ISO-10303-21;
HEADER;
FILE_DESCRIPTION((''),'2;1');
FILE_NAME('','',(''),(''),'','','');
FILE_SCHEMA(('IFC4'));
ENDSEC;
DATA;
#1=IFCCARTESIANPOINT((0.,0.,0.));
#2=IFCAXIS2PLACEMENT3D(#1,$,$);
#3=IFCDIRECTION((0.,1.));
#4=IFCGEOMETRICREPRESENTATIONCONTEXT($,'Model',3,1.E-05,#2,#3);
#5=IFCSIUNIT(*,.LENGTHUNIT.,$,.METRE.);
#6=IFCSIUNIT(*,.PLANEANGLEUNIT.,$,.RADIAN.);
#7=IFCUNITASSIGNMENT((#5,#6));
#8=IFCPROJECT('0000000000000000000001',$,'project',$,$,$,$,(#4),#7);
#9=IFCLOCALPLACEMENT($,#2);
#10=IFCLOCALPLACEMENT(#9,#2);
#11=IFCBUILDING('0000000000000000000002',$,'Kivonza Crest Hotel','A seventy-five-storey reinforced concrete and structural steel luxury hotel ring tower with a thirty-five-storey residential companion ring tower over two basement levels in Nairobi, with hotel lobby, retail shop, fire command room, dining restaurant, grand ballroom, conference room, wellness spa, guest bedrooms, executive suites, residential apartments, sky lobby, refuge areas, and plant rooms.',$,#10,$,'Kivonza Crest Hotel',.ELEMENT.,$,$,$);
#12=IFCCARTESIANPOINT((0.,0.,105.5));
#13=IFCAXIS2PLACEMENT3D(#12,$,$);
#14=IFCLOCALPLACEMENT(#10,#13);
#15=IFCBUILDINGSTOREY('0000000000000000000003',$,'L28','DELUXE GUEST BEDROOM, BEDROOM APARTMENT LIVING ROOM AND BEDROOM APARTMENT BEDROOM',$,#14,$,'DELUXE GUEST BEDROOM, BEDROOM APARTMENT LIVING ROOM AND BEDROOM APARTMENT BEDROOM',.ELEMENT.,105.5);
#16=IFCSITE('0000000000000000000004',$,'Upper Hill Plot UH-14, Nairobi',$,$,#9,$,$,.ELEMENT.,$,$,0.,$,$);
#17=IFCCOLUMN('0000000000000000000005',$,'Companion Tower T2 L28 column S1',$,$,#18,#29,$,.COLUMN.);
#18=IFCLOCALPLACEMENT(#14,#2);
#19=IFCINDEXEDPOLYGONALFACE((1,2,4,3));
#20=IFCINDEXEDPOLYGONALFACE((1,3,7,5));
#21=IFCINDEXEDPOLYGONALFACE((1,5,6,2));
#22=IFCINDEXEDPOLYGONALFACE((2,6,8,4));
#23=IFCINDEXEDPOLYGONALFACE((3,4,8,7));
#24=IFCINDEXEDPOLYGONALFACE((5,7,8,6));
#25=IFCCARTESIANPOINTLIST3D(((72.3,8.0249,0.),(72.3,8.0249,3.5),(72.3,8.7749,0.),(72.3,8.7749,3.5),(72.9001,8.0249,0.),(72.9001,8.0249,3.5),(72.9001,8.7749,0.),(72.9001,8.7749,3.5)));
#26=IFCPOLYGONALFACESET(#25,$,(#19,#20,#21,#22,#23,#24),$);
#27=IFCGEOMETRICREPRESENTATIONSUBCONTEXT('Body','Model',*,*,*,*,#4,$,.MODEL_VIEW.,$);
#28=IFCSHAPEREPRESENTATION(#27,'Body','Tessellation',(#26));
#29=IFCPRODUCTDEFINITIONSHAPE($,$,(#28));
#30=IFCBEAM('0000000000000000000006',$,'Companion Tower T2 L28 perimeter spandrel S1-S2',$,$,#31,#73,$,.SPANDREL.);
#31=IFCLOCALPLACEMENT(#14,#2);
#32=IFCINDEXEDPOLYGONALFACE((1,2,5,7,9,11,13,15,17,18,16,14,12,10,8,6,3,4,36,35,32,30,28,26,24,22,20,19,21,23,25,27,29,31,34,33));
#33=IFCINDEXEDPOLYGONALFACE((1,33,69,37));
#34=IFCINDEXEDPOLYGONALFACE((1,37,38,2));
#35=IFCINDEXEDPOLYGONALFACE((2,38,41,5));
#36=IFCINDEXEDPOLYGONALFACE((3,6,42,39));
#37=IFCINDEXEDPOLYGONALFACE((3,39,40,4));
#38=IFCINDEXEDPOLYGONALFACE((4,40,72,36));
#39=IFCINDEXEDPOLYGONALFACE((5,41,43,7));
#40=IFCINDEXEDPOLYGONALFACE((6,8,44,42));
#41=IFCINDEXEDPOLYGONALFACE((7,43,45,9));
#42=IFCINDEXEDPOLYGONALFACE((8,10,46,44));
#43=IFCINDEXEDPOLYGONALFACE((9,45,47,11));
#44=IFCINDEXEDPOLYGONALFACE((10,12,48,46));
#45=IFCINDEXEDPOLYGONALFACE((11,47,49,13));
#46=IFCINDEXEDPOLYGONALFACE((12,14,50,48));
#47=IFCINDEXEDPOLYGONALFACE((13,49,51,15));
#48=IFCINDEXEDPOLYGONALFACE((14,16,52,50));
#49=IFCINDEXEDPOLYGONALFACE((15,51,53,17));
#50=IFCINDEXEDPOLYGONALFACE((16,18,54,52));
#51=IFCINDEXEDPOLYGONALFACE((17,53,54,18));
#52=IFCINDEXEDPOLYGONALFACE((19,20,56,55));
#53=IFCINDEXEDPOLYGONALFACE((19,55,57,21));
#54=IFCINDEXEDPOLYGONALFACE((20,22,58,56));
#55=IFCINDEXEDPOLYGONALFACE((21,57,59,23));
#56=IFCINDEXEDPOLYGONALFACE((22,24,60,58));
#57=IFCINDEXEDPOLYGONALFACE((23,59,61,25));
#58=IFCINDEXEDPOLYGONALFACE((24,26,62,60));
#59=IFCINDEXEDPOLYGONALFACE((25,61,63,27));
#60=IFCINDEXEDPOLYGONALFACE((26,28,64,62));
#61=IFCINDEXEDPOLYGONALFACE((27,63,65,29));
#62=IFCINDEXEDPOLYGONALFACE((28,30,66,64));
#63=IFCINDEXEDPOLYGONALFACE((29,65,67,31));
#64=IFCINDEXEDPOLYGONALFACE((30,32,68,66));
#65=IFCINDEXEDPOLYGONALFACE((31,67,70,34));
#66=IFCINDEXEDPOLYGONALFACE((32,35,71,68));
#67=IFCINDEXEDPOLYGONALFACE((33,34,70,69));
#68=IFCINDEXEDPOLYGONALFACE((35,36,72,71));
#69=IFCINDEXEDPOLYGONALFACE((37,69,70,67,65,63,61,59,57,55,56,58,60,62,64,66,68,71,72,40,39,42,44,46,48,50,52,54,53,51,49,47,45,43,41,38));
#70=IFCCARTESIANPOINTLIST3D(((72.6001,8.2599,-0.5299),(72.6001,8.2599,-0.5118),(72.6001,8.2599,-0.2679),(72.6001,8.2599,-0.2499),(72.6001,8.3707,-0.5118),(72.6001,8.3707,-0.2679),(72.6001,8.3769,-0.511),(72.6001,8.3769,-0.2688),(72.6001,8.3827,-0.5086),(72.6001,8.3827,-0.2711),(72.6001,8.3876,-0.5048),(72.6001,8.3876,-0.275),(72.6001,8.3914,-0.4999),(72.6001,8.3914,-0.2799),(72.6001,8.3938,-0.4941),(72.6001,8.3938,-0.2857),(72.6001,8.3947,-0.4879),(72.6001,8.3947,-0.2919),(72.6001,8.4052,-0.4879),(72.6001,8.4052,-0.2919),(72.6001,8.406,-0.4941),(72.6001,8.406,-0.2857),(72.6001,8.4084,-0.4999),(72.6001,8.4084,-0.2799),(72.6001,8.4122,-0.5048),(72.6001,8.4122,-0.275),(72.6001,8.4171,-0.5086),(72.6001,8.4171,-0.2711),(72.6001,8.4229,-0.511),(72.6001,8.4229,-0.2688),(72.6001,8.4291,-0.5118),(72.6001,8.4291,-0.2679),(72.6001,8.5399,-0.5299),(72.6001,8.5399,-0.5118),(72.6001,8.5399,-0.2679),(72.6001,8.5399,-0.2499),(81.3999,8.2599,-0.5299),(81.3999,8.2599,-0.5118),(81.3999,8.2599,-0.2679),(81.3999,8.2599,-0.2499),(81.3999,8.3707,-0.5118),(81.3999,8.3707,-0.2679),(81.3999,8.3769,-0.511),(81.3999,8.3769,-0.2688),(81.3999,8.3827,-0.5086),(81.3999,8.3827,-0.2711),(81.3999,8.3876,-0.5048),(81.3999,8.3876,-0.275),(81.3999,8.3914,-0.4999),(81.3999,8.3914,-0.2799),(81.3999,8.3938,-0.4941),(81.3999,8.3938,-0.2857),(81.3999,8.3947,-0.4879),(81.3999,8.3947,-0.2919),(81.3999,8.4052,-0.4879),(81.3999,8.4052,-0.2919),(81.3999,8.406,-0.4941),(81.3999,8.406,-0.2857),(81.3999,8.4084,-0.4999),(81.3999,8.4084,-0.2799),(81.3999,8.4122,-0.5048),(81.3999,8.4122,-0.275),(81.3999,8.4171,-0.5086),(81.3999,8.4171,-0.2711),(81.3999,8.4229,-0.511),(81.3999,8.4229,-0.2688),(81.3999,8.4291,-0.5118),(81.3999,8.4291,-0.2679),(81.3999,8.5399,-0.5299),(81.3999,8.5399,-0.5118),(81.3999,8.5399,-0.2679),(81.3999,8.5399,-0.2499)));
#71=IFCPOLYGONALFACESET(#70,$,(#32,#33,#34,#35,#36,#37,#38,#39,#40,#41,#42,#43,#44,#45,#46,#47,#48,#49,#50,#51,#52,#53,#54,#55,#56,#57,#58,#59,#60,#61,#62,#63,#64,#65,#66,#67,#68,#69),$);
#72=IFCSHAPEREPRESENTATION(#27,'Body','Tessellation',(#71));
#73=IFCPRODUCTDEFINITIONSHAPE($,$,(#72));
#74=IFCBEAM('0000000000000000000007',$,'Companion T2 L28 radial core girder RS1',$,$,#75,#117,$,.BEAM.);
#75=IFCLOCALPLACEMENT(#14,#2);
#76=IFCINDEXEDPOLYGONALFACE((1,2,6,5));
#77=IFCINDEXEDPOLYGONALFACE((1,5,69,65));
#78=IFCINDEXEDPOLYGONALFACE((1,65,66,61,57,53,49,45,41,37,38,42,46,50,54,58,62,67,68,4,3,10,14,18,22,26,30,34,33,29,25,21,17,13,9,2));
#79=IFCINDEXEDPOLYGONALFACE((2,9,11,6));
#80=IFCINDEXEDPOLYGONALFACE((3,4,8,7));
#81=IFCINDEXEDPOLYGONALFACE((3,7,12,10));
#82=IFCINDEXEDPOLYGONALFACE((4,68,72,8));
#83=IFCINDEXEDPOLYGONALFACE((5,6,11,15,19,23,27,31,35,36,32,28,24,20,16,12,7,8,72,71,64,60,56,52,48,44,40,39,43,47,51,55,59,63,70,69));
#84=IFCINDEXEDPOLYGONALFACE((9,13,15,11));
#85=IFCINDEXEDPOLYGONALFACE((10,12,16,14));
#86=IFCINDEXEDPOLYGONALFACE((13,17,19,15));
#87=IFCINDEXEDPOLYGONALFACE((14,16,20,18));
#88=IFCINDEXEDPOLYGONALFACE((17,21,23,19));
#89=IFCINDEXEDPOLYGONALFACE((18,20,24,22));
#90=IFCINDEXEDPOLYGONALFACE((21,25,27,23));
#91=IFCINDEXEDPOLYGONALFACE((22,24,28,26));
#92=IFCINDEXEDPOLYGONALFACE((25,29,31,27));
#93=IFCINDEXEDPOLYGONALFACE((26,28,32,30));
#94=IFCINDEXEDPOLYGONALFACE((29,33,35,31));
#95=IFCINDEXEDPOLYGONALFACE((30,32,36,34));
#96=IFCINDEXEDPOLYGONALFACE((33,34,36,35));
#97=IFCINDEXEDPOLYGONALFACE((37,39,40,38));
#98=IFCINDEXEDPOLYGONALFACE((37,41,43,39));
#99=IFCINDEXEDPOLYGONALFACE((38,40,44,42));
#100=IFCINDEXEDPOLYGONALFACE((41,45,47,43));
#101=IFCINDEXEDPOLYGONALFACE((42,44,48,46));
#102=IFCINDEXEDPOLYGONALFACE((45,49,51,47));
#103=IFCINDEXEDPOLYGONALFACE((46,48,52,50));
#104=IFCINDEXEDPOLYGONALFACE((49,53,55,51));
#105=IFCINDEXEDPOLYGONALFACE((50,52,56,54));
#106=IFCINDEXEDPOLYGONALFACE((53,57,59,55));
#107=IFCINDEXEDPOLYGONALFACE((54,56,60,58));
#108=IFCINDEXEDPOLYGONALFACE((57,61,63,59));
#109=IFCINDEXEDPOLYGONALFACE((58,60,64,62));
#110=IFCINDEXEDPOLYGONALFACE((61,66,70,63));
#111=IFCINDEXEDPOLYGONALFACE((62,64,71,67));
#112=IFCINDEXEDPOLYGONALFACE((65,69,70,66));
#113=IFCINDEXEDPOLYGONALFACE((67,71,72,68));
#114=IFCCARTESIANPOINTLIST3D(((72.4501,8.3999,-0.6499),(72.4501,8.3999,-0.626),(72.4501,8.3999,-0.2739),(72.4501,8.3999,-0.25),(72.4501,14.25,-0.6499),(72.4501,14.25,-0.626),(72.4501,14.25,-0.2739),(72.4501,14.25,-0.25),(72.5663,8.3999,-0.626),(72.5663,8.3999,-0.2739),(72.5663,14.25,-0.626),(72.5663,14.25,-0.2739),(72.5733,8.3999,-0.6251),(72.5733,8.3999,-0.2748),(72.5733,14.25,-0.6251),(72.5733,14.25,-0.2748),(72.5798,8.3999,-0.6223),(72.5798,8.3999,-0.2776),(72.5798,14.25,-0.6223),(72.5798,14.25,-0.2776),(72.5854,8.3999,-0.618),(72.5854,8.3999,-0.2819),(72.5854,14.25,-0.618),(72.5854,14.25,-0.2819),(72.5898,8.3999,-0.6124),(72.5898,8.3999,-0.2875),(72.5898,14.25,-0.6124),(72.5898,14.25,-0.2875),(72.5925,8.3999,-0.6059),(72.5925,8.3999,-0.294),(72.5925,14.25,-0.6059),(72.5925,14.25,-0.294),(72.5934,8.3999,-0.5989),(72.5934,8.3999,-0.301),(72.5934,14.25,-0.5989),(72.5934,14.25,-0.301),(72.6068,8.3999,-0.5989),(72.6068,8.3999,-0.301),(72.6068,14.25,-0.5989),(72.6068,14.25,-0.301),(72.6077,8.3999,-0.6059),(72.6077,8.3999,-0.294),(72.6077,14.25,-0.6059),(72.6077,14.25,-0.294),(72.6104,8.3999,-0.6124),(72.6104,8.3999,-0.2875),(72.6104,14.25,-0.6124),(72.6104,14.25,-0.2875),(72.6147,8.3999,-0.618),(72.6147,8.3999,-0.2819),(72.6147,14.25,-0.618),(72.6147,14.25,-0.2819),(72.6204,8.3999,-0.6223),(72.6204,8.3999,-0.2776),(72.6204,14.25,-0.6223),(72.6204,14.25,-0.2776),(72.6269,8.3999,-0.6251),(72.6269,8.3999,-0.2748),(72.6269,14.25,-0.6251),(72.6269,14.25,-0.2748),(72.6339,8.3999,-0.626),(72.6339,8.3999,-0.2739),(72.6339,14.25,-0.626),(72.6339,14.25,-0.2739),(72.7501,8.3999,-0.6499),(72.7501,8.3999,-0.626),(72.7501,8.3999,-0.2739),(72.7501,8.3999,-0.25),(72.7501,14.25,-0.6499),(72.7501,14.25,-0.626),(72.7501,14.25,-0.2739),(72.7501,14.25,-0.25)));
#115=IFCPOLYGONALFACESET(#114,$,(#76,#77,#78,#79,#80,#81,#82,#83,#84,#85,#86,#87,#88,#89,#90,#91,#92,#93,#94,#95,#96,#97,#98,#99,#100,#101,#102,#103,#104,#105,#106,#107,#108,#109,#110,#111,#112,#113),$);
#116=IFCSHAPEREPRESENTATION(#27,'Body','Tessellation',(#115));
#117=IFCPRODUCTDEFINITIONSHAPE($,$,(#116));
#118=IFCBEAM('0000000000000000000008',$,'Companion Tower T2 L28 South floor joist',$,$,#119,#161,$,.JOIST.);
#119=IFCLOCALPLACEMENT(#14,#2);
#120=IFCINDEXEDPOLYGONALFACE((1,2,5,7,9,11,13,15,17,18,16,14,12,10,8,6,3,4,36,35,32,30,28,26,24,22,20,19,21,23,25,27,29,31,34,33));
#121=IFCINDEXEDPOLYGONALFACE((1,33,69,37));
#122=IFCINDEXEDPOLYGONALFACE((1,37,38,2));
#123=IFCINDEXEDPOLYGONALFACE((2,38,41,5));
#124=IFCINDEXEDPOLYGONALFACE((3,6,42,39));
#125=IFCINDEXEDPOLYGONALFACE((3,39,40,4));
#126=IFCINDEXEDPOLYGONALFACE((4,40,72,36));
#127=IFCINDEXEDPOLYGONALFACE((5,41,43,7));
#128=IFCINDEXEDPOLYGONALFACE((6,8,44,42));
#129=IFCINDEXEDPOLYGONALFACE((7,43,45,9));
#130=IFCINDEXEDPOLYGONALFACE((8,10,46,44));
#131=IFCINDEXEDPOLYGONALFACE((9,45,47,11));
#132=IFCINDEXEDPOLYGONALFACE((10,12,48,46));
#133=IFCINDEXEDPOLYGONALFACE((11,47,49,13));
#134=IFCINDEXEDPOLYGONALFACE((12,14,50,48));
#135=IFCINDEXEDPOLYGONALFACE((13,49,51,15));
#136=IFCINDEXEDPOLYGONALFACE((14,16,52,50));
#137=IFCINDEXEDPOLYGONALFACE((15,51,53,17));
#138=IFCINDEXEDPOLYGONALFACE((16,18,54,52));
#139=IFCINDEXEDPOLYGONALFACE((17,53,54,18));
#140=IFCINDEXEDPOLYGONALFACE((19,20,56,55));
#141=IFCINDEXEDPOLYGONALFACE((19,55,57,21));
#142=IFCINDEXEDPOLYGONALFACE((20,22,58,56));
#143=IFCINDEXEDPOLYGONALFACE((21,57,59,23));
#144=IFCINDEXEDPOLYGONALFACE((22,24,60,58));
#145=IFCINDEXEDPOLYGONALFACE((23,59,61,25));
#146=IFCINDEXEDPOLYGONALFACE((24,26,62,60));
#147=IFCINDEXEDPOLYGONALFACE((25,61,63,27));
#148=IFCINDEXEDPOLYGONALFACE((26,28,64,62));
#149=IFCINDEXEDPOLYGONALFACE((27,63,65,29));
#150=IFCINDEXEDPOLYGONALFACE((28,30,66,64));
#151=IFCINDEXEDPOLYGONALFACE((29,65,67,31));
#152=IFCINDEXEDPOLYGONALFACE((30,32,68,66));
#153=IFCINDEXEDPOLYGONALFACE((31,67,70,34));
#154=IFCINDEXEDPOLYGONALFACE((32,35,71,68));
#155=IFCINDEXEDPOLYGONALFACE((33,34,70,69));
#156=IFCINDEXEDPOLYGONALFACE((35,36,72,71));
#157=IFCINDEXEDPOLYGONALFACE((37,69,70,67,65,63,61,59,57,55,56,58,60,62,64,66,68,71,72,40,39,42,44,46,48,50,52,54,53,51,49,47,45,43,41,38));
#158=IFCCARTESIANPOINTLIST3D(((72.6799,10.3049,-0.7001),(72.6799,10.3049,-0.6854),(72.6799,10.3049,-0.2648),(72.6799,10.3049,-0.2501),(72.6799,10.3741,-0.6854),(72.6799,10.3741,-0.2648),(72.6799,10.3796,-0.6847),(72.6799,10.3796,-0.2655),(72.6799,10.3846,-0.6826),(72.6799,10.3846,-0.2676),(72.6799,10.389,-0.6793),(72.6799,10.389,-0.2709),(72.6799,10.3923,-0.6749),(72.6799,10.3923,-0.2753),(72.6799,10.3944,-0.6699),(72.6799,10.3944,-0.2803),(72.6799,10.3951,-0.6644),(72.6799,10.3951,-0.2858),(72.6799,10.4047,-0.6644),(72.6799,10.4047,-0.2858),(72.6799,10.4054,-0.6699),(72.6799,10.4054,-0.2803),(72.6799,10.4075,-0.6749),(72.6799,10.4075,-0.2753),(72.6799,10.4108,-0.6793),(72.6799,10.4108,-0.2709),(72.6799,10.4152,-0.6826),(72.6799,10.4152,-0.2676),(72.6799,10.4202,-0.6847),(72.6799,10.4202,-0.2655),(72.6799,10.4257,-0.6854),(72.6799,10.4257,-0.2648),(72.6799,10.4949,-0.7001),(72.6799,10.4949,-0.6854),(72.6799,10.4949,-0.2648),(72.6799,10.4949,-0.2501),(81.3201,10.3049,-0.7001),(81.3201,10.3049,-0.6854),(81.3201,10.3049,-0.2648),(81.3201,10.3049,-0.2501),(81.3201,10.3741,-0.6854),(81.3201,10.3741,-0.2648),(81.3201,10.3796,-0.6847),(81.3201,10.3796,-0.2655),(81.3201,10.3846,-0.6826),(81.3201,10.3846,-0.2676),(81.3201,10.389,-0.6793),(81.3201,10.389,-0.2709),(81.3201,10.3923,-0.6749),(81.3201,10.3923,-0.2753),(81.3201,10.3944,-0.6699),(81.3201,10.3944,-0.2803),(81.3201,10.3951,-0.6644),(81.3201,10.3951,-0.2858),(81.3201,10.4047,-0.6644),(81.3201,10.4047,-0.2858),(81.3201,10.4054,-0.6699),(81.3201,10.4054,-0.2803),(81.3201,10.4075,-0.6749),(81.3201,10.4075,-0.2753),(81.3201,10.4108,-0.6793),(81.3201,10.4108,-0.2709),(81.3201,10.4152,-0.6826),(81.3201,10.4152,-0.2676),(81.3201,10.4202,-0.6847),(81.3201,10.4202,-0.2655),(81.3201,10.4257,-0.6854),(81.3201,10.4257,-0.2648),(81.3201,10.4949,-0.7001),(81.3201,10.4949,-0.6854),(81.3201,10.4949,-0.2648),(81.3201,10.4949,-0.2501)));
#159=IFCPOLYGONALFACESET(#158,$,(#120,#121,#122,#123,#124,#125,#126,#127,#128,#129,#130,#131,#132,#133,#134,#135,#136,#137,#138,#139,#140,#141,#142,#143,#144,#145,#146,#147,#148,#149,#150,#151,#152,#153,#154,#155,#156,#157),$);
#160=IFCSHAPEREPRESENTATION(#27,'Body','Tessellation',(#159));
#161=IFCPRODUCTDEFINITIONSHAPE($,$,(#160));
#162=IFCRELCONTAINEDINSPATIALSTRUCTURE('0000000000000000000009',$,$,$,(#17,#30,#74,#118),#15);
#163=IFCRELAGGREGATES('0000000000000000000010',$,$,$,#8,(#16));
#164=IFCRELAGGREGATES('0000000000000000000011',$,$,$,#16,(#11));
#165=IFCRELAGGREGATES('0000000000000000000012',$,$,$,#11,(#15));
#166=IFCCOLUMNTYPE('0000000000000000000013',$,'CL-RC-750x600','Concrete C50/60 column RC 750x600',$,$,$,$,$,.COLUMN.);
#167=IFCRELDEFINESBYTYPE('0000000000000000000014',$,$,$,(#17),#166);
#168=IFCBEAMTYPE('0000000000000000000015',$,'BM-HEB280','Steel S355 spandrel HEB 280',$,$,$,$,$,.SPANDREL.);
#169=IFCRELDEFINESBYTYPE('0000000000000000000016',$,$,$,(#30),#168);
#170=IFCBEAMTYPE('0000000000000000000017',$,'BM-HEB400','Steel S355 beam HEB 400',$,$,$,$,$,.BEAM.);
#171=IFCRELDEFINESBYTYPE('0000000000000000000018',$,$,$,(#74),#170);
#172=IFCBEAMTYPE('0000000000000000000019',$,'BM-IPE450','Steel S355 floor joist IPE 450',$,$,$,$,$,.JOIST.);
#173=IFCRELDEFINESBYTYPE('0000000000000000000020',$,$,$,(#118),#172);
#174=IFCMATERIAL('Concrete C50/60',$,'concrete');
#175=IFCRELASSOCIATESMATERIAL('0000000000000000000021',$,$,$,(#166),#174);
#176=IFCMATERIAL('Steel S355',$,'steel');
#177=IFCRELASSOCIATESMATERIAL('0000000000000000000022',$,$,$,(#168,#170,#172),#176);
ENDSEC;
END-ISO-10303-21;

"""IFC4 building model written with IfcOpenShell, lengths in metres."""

from ifc_helpers import new_model, si_unit, direction, frame, origin, origin_2d, place, context, subcontext, project, spatial, rectangle, i_section, extrude, material, material_profile, profile_set, type_object, element, save


model = new_model("IFC4")

# Units and contexts
model_context = context("Model", 3, precision=1e-05, world=origin(), true_north=direction((0.0, 1.0)))
body_context = subcontext(model_context, "Body", "Model", "MODEL_VIEW")
ifc_project = project(units=[si_unit("LENGTHUNIT", "METRE"), si_unit("PLANEANGLEUNIT", "RADIAN")], contexts=[model_context])

# Site, building, storey
site_placement = place(None, origin())
site = spatial("IfcSite", under=ifc_project, at=site_placement, Name="Upper Hill Plot UH-14, Nairobi", CompositionType="ELEMENT", RefElevation=0.0)
building_placement = place(site_placement, origin())
building = spatial("IfcBuilding", under=site, at=building_placement, Name="Kivonza Crest Hotel", Description="A seventy-five-storey reinforced concrete and structural steel luxury hotel ring tower with a thirty-five-storey residential companion ring tower over two basement levels in Nairobi, with hotel lobby, retail shop, fire command room, dining restaurant, grand ballroom, conference room, wellness spa, guest bedrooms, executive suites, residential apartments, sky lobby, refuge areas, and plant rooms.", LongName="Kivonza Crest Hotel", CompositionType="ELEMENT")
storey_placement = place(building_placement, frame((0.0, 0.0, 105.5)))
storey = spatial("IfcBuildingStorey", under=building, at=storey_placement, Name="L28", Description="DELUXE GUEST BEDROOM, BEDROOM APARTMENT LIVING ROOM AND BEDROOM APARTMENT BEDROOM", LongName="DELUXE GUEST BEDROOM, BEDROOM APARTMENT LIVING ROOM AND BEDROOM APARTMENT BEDROOM", CompositionType="ELEMENT", Elevation=105.5)

# Column
ifc_material_1 = material(Name="Concrete C50/60", Category="concrete")
ifc_material_profile_1 = material_profile(ifc_material_1, rectangle(XDim=0.6001, YDim=0.75, at=origin_2d()), Name="RC 750x600")
ifc_profile_set_1 = profile_set([ifc_material_profile_1], Name="Concrete C50/60")
column_type = type_object("IfcColumnType", Name="CL-RC-750x600", Description="Concrete C50/60 column RC 750x600", PredefinedType="COLUMN", material=ifc_profile_set_1)
column_placement = place(storey_placement, frame((72.6001, 8.3999, 0.0), z_axis=(0.0, 0.0, 1.0), x_axis=(1.0, 0.0, 0.0)))
element("IfcColumn", 1, at=column_placement, inside=storey, type_object=column_type, Name="Companion Tower T2 L28 column S1", PredefinedType="COLUMN", context=body_context, shape_type="SweptSolid", body=[
    extrude(rectangle(XDim=0.6001, YDim=0.75, at=origin_2d()), origin(), (0.0, 0.0, 1.0), 3.5),
])

# Beams
ifc_material_2 = material(Name="Steel S355", Category="steel")
ifc_material_profile_2 = material_profile(ifc_material_2, i_section(OverallWidth=0.28, OverallDepth=0.28, WebThickness=0.0105, FlangeThickness=0.0181, FilletRadius=0.0239, at=origin_2d()), Name="HEB 280")
ifc_profile_set_2 = profile_set([ifc_material_profile_2], Name="Steel S355")
beam_type_1 = type_object("IfcBeamType", Name="BM-HEB280", Description="Steel S355 spandrel HEB 280", PredefinedType="SPANDREL", material=ifc_profile_set_2)
beam_1_placement = place(storey_placement, frame((72.6001, 8.3999, -0.3899), z_axis=(1.0, 0.0, 0.0), x_axis=(0.0, 1.0, 0.0)))
element("IfcBeam", 2, at=beam_1_placement, inside=storey, type_object=beam_type_1, Name="Companion Tower T2 L28 perimeter spandrel S1-S2", PredefinedType="SPANDREL", context=body_context, shape_type="SweptSolid", body=[
    extrude(i_section(OverallWidth=0.28, OverallDepth=0.28, WebThickness=0.0105, FlangeThickness=0.0181, FilletRadius=0.0239, at=origin_2d()), origin(), (0.0, 0.0, 1.0), 8.7998),
])
ifc_material_profile_3 = material_profile(ifc_material_2, i_section(OverallWidth=0.3, OverallDepth=0.3999, WebThickness=0.0134, FlangeThickness=0.0239, FilletRadius=0.0271, at=origin_2d()), Name="HEB 400")
ifc_profile_set_3 = profile_set([ifc_material_profile_3], Name="Steel S355")
beam_type_2 = type_object("IfcBeamType", Name="BM-HEB400", Description="Steel S355 beam HEB 400", PredefinedType="BEAM", material=ifc_profile_set_3)
beam_2_placement = place(storey_placement, frame((72.6001, 8.3999, -0.45), z_axis=(0.0, 1.0, 0.0), x_axis=(-1.0, 0.0, 0.0)))
element("IfcBeam", 3, at=beam_2_placement, inside=storey, type_object=beam_type_2, Name="Companion T2 L28 radial core girder RS1", PredefinedType="BEAM", context=body_context, shape_type="SweptSolid", body=[
    extrude(i_section(OverallWidth=0.3, OverallDepth=0.3999, WebThickness=0.0134, FlangeThickness=0.0239, FilletRadius=0.0271, at=origin_2d()), origin(), (0.0, 0.0, 1.0), 5.8501),
])
ifc_material_profile_4 = material_profile(ifc_material_2, i_section(OverallWidth=0.1899, OverallDepth=0.45, WebThickness=0.0095, FlangeThickness=0.0146, FilletRadius=0.021, at=origin_2d()), Name="IPE 450")
ifc_profile_set_4 = profile_set([ifc_material_profile_4], Name="Steel S355")
beam_type_3 = type_object("IfcBeamType", Name="BM-IPE450", Description="Steel S355 floor joist IPE 450", PredefinedType="JOIST", material=ifc_profile_set_4)
beam_3_placement = place(storey_placement, frame((72.6799, 10.3999, -0.4751), z_axis=(1.0, 0.0, 0.0), x_axis=(0.0, 1.0, 0.0)))
element("IfcBeam", 4, at=beam_3_placement, inside=storey, type_object=beam_type_3, Name="Companion Tower T2 L28 South floor joist", PredefinedType="JOIST", context=body_context, shape_type="SweptSolid", body=[
    extrude(i_section(OverallWidth=0.1899, OverallDepth=0.45, WebThickness=0.0095, FlangeThickness=0.0146, FilletRadius=0.021, at=origin_2d()), origin(), (0.0, 0.0, 1.0), 8.6401),
])

save(model, "model.ifc")
